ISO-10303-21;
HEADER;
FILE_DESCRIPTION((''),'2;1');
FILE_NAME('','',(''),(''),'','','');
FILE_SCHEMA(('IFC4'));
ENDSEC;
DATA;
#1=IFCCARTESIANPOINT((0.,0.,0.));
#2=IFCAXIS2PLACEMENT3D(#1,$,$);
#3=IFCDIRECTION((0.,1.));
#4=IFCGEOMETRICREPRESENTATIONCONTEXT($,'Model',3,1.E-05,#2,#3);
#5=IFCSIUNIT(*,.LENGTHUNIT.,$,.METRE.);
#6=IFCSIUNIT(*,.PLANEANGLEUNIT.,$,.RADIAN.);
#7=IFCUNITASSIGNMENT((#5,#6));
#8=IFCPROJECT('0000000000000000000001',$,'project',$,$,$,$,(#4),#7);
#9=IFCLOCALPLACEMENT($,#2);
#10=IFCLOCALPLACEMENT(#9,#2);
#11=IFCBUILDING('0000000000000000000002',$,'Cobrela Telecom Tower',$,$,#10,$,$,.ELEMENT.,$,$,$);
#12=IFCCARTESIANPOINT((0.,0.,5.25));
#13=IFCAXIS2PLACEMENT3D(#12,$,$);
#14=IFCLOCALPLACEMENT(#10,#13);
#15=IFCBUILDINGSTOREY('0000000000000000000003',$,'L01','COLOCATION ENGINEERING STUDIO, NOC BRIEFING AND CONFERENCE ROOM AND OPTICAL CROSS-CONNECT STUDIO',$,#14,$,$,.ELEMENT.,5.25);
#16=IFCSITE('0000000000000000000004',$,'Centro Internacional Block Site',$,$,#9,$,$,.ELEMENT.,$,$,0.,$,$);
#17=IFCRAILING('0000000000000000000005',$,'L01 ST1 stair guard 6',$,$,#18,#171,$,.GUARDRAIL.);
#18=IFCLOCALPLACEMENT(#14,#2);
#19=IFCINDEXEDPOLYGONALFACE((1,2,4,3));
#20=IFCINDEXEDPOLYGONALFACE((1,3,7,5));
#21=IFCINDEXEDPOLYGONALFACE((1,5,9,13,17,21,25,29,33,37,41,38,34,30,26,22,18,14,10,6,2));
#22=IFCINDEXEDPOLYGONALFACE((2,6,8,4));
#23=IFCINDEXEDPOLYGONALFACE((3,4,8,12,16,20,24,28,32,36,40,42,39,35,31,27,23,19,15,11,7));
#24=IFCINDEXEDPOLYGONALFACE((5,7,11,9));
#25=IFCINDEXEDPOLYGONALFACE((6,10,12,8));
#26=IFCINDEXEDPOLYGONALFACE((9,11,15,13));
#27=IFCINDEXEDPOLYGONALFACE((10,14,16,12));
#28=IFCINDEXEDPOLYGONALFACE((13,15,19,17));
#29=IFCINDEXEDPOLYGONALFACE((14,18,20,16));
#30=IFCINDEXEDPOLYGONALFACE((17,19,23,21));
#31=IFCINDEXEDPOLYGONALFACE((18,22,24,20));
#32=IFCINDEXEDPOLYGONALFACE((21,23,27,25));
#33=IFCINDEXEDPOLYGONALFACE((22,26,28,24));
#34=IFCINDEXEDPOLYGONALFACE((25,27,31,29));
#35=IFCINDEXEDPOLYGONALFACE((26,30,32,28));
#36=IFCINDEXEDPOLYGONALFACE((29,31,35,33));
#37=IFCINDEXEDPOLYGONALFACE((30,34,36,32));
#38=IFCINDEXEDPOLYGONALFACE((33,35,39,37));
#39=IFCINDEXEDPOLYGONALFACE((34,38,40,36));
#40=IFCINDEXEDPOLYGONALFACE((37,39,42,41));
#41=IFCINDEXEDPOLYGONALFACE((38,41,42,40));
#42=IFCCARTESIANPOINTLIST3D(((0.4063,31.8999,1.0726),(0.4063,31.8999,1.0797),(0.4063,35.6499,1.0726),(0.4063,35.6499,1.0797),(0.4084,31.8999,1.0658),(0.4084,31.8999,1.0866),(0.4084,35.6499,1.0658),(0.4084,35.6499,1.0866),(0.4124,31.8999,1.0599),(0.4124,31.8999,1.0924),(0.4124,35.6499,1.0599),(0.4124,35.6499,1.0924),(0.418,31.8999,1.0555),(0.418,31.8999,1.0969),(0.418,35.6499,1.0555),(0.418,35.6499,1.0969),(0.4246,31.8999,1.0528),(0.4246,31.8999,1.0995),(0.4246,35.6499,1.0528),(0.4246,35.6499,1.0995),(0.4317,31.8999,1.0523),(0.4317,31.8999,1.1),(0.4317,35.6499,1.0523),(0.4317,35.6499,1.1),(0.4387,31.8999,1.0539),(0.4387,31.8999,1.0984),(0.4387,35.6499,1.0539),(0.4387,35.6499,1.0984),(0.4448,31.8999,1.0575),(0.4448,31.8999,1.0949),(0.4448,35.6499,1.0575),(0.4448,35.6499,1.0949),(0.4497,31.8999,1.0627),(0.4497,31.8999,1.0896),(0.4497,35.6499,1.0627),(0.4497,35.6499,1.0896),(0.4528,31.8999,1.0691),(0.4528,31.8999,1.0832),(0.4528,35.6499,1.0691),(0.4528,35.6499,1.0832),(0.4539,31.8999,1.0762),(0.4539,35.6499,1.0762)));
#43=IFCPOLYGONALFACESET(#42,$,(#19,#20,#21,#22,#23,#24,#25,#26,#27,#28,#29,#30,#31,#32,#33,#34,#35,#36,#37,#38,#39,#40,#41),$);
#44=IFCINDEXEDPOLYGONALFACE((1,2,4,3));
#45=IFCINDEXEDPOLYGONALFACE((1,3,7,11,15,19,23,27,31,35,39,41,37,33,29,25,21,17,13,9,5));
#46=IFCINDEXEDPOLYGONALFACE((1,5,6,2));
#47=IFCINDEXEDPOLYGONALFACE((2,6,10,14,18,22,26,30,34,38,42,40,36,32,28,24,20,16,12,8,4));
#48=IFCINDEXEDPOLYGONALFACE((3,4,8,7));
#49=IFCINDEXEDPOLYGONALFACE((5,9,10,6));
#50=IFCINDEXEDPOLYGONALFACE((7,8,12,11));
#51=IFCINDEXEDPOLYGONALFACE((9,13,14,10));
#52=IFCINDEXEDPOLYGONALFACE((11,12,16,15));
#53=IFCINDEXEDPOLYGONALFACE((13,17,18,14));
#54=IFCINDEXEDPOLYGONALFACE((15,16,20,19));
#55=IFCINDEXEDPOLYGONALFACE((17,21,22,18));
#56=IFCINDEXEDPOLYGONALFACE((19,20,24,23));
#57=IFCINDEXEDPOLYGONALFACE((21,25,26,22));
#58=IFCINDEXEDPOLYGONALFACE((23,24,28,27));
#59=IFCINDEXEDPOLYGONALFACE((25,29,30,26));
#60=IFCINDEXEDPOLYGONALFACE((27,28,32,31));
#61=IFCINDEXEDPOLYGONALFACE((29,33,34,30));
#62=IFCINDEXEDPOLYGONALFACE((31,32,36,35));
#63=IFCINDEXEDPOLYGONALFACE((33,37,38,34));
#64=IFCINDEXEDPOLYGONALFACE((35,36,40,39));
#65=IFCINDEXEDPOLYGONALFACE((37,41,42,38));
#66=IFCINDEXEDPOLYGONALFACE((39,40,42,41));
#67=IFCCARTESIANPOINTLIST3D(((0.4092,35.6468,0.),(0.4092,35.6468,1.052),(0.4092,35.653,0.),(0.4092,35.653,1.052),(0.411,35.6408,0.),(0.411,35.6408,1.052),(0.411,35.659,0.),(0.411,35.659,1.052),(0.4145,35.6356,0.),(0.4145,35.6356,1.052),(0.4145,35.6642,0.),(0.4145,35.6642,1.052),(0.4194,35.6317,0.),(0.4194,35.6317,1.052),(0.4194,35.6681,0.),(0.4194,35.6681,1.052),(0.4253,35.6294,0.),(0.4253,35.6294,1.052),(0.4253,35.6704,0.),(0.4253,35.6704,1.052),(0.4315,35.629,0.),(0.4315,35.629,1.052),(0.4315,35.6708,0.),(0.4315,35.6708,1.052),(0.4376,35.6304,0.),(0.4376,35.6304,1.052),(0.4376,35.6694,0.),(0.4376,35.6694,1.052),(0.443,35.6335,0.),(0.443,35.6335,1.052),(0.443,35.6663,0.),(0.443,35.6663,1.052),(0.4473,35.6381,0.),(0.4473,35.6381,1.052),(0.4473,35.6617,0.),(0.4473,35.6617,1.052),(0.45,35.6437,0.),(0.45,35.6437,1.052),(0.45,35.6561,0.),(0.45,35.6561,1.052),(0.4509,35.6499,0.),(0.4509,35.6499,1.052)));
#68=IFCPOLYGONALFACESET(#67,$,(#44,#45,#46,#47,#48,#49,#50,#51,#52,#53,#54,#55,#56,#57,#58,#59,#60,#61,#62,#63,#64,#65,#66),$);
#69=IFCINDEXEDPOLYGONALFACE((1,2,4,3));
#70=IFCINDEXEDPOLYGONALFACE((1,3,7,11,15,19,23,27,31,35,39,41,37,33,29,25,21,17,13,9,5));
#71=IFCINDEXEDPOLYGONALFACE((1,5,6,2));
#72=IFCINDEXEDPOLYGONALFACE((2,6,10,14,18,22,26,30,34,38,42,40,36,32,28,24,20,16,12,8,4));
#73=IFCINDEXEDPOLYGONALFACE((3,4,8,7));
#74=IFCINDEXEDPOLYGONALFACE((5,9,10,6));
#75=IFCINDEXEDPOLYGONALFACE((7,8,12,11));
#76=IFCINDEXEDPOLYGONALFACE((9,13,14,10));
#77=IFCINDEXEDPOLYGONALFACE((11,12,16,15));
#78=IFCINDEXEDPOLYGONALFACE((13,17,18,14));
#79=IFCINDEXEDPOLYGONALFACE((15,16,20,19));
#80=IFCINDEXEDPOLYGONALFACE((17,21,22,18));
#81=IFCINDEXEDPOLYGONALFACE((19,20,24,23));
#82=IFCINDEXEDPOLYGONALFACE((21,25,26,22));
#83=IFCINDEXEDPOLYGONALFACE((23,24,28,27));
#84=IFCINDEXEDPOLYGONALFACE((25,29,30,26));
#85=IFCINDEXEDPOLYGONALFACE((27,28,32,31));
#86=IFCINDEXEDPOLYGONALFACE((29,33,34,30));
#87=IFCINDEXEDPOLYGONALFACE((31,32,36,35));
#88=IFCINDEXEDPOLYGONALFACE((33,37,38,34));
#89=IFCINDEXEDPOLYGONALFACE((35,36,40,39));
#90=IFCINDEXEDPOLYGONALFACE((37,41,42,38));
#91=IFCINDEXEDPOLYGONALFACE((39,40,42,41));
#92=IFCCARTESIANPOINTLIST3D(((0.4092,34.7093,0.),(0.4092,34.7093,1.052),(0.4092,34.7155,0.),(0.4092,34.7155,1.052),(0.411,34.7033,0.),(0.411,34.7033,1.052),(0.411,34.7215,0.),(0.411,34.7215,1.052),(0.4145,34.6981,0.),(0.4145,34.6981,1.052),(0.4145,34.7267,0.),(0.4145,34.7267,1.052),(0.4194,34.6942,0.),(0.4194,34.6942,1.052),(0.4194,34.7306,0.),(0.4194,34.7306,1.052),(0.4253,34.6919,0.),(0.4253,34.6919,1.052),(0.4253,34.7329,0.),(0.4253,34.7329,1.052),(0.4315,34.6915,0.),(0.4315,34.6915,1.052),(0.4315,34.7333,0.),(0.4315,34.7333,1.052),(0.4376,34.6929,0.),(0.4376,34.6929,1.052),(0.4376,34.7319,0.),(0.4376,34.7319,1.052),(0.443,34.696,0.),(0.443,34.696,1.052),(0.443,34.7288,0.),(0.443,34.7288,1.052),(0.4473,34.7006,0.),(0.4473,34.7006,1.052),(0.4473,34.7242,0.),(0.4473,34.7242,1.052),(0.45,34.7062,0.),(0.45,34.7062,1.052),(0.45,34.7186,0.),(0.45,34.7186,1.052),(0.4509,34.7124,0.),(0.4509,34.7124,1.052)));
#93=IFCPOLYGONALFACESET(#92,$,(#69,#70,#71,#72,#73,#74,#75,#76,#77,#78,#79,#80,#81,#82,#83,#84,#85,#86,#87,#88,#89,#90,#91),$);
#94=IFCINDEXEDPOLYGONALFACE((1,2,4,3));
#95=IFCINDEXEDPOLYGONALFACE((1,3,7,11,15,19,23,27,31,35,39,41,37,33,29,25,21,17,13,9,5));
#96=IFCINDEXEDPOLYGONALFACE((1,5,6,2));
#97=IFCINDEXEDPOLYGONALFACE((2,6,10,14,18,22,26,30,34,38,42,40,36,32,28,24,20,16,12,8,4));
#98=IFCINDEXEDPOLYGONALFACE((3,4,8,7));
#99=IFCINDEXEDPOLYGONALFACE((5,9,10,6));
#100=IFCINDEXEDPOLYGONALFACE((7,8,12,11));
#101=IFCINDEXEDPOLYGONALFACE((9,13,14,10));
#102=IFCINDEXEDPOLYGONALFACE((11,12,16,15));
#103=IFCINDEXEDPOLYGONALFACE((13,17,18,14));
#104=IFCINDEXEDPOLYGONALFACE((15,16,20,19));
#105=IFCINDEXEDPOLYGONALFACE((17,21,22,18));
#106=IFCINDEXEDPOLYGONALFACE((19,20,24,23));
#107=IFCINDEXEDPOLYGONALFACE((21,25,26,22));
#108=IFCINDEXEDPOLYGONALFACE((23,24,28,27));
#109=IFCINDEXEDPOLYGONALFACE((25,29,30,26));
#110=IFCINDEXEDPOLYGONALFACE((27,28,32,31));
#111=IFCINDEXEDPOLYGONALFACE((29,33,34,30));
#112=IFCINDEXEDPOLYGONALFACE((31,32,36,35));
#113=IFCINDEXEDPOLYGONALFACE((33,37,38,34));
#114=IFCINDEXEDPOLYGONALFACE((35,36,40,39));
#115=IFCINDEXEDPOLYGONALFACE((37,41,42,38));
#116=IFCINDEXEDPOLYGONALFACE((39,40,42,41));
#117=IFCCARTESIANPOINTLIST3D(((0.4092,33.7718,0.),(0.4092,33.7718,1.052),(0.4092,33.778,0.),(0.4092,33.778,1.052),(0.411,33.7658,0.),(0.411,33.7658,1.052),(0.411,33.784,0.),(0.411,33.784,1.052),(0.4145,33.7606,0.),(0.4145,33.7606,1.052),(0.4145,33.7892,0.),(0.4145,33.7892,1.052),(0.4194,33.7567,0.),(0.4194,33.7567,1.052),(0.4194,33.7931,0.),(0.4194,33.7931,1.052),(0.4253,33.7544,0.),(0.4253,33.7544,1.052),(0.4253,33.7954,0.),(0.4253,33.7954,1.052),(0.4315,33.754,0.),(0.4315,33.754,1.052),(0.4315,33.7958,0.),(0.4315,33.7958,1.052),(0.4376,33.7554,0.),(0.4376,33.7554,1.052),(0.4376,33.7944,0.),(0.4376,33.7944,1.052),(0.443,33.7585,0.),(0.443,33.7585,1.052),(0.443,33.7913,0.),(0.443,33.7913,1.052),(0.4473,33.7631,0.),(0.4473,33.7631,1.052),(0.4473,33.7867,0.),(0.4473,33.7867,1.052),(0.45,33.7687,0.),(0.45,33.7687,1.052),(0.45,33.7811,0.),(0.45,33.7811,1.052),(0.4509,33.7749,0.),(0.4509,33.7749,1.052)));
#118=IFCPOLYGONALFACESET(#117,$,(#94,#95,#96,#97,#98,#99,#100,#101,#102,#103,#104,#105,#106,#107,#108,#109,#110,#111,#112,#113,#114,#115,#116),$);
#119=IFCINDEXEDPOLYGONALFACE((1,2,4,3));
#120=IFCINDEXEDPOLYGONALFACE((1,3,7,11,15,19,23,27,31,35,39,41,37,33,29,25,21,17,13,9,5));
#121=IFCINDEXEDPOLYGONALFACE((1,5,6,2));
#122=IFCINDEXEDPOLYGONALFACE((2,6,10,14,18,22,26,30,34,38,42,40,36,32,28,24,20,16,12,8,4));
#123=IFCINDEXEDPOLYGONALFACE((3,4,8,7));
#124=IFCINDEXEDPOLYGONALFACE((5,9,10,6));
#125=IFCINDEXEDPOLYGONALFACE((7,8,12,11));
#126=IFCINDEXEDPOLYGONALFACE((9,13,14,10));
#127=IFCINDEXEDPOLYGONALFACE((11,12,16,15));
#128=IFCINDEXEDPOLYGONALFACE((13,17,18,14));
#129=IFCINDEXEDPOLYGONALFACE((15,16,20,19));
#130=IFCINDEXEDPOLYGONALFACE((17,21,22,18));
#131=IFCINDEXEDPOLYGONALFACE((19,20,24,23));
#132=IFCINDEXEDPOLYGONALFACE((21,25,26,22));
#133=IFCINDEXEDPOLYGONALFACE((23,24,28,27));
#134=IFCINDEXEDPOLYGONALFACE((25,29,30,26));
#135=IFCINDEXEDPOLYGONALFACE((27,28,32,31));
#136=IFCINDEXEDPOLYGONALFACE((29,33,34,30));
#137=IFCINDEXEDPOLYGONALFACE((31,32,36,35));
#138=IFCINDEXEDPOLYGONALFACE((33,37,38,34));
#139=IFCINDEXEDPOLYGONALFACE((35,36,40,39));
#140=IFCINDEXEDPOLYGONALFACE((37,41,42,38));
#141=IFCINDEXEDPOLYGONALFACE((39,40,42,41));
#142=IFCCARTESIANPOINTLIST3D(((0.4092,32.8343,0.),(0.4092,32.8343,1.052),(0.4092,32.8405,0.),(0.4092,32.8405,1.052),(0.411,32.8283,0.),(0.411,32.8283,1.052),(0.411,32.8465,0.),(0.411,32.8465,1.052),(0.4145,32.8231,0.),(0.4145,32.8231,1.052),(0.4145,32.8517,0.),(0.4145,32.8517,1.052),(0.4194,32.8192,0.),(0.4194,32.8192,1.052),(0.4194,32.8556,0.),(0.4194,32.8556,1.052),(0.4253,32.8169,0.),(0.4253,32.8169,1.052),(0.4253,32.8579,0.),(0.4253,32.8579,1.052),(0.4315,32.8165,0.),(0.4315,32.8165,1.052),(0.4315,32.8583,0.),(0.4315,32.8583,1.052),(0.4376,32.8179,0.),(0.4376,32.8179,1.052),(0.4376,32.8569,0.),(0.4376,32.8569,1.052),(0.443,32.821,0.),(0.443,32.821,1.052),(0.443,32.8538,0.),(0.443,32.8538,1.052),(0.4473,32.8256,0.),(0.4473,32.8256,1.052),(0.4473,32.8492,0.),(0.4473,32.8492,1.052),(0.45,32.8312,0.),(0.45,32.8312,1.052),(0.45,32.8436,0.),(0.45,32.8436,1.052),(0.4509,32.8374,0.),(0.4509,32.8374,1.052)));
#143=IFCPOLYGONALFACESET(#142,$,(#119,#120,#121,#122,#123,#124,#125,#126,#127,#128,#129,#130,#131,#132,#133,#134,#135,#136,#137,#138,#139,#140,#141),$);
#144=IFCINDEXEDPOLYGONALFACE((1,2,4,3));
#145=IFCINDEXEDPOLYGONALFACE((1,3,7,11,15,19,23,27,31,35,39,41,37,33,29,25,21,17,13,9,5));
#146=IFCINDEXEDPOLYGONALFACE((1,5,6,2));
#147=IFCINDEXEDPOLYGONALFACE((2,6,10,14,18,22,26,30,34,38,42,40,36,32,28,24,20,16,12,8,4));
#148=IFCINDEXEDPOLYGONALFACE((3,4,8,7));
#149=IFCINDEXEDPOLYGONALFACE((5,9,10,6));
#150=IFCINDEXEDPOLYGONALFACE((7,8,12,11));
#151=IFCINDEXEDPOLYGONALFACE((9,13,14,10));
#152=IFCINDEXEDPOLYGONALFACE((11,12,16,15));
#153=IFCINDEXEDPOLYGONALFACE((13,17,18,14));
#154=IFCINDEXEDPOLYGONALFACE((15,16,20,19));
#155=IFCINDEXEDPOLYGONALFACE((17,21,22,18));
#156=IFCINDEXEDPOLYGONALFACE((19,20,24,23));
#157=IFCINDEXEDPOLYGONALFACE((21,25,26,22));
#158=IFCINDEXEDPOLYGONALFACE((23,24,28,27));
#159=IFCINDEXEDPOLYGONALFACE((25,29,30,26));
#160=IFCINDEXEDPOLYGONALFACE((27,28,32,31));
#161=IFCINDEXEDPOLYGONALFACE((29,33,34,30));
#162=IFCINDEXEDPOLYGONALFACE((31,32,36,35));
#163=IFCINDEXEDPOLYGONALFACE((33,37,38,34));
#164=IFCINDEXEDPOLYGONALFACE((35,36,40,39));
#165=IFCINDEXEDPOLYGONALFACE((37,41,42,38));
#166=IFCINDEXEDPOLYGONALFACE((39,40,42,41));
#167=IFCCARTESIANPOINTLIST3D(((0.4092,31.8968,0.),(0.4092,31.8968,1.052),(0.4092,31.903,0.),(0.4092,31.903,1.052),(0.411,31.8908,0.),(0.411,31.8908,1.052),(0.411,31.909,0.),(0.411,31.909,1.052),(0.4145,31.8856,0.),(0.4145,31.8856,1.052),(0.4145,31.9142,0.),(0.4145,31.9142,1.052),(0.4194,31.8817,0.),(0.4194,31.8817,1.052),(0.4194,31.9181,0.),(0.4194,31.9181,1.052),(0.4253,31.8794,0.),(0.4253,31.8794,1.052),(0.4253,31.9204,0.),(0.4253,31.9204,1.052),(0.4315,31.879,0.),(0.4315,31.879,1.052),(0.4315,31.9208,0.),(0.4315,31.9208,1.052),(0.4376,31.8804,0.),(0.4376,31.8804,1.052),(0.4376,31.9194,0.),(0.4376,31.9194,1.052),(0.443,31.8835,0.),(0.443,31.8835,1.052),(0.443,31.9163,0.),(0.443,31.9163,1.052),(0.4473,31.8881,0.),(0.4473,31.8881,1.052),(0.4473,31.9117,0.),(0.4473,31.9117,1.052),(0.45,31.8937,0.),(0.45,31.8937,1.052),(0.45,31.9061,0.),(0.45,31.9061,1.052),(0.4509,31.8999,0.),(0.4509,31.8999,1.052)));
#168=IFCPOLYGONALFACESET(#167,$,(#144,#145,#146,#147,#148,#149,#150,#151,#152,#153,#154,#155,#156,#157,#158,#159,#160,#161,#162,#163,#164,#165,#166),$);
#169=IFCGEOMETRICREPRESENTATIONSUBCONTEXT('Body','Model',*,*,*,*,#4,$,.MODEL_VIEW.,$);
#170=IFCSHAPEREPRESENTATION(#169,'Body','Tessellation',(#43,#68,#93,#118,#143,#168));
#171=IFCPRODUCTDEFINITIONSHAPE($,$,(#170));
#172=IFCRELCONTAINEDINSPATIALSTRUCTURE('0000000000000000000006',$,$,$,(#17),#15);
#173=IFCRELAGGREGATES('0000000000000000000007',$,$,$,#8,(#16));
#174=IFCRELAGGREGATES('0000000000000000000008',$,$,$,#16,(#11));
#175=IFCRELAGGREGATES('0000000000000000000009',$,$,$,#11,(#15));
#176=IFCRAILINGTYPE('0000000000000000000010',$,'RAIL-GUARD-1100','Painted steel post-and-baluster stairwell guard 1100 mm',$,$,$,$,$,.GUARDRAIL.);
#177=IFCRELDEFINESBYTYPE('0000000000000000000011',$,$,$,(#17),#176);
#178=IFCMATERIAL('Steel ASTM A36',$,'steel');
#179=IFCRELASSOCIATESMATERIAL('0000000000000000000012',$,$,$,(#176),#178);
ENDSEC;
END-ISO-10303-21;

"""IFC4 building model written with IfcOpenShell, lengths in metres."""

from ifc_helpers import new_model, si_unit, direction, frame, origin, origin_2d, place, context, subcontext, project, spatial, circle, extrude, material, type_object, element, save


model = new_model("IFC4")

# Units and contexts
model_context = context("Model", 3, precision=1e-05, world=origin(), true_north=direction((0.0, 1.0)))
body_context = subcontext(model_context, "Body", "Model", "MODEL_VIEW")
ifc_project = project(units=[si_unit("LENGTHUNIT", "METRE"), si_unit("PLANEANGLEUNIT", "RADIAN")], contexts=[model_context])

# Site, building, storey
site_placement = place(None, origin())
site = spatial("IfcSite", under=ifc_project, at=site_placement, Name="Centro Internacional Block Site", CompositionType="ELEMENT", RefElevation=0.0)
building_placement = place(site_placement, origin())
building = spatial("IfcBuilding", under=site, at=building_placement, Name="Cobrela Telecom Tower", CompositionType="ELEMENT")
storey_placement = place(building_placement, frame((0.0, 0.0, 5.25)))
storey = spatial("IfcBuildingStorey", under=building, at=storey_placement, Name="L01", Description="COLOCATION ENGINEERING STUDIO, NOC BRIEFING AND CONFERENCE ROOM AND OPTICAL CROSS-CONNECT STUDIO", CompositionType="ELEMENT", Elevation=5.25)

# Shared definitions
ifc_material_1 = material(Name="Steel ASTM A36", Category="steel")

# Railing
railing_type_1 = type_object("IfcRailingType", Name="RAIL-GUARD-1100", Description="Painted steel post-and-baluster stairwell guard 1100 mm", PredefinedType="GUARDRAIL", material=ifc_material_1)
railing_1_placement = place(storey_placement, frame((0.4299, 35.6499, 0.0)))
element("IfcRailing", 1, at=railing_1_placement, inside=storey, type_object=railing_type_1, Name="L01 ST1 stair guard 6", PredefinedType="GUARDRAIL", context=body_context, shape_type="SweptSolid", body=[
    extrude(circle(Radius=0.0239, at=origin_2d()), frame((0.0, 0.0, 1.0762), z_axis=(0.0, -1.0, 0.0), x_axis=(1.0, 0.0, 0.0)), (0.0, 0.0, 1.0), 3.75),
    extrude(circle(Radius=0.021, at=origin_2d()), origin(), (0.0, 0.0, 1.0), 1.052),
    extrude(circle(Radius=0.021, at=origin_2d()), frame((0.0, -0.9375, 0.0)), (0.0, 0.0, 1.0), 1.052),
    extrude(circle(Radius=0.021, at=origin_2d()), frame((0.0, -1.875, 0.0)), (0.0, 0.0, 1.0), 1.052),
    extrude(circle(Radius=0.021, at=origin_2d()), frame((0.0, -2.8125, 0.0)), (0.0, 0.0, 1.0), 1.052),
    extrude(circle(Radius=0.021, at=origin_2d()), frame((0.0, -3.75, 0.0)), (0.0, 0.0, 1.0), 1.052),
])

save(model, "model.ifc")
